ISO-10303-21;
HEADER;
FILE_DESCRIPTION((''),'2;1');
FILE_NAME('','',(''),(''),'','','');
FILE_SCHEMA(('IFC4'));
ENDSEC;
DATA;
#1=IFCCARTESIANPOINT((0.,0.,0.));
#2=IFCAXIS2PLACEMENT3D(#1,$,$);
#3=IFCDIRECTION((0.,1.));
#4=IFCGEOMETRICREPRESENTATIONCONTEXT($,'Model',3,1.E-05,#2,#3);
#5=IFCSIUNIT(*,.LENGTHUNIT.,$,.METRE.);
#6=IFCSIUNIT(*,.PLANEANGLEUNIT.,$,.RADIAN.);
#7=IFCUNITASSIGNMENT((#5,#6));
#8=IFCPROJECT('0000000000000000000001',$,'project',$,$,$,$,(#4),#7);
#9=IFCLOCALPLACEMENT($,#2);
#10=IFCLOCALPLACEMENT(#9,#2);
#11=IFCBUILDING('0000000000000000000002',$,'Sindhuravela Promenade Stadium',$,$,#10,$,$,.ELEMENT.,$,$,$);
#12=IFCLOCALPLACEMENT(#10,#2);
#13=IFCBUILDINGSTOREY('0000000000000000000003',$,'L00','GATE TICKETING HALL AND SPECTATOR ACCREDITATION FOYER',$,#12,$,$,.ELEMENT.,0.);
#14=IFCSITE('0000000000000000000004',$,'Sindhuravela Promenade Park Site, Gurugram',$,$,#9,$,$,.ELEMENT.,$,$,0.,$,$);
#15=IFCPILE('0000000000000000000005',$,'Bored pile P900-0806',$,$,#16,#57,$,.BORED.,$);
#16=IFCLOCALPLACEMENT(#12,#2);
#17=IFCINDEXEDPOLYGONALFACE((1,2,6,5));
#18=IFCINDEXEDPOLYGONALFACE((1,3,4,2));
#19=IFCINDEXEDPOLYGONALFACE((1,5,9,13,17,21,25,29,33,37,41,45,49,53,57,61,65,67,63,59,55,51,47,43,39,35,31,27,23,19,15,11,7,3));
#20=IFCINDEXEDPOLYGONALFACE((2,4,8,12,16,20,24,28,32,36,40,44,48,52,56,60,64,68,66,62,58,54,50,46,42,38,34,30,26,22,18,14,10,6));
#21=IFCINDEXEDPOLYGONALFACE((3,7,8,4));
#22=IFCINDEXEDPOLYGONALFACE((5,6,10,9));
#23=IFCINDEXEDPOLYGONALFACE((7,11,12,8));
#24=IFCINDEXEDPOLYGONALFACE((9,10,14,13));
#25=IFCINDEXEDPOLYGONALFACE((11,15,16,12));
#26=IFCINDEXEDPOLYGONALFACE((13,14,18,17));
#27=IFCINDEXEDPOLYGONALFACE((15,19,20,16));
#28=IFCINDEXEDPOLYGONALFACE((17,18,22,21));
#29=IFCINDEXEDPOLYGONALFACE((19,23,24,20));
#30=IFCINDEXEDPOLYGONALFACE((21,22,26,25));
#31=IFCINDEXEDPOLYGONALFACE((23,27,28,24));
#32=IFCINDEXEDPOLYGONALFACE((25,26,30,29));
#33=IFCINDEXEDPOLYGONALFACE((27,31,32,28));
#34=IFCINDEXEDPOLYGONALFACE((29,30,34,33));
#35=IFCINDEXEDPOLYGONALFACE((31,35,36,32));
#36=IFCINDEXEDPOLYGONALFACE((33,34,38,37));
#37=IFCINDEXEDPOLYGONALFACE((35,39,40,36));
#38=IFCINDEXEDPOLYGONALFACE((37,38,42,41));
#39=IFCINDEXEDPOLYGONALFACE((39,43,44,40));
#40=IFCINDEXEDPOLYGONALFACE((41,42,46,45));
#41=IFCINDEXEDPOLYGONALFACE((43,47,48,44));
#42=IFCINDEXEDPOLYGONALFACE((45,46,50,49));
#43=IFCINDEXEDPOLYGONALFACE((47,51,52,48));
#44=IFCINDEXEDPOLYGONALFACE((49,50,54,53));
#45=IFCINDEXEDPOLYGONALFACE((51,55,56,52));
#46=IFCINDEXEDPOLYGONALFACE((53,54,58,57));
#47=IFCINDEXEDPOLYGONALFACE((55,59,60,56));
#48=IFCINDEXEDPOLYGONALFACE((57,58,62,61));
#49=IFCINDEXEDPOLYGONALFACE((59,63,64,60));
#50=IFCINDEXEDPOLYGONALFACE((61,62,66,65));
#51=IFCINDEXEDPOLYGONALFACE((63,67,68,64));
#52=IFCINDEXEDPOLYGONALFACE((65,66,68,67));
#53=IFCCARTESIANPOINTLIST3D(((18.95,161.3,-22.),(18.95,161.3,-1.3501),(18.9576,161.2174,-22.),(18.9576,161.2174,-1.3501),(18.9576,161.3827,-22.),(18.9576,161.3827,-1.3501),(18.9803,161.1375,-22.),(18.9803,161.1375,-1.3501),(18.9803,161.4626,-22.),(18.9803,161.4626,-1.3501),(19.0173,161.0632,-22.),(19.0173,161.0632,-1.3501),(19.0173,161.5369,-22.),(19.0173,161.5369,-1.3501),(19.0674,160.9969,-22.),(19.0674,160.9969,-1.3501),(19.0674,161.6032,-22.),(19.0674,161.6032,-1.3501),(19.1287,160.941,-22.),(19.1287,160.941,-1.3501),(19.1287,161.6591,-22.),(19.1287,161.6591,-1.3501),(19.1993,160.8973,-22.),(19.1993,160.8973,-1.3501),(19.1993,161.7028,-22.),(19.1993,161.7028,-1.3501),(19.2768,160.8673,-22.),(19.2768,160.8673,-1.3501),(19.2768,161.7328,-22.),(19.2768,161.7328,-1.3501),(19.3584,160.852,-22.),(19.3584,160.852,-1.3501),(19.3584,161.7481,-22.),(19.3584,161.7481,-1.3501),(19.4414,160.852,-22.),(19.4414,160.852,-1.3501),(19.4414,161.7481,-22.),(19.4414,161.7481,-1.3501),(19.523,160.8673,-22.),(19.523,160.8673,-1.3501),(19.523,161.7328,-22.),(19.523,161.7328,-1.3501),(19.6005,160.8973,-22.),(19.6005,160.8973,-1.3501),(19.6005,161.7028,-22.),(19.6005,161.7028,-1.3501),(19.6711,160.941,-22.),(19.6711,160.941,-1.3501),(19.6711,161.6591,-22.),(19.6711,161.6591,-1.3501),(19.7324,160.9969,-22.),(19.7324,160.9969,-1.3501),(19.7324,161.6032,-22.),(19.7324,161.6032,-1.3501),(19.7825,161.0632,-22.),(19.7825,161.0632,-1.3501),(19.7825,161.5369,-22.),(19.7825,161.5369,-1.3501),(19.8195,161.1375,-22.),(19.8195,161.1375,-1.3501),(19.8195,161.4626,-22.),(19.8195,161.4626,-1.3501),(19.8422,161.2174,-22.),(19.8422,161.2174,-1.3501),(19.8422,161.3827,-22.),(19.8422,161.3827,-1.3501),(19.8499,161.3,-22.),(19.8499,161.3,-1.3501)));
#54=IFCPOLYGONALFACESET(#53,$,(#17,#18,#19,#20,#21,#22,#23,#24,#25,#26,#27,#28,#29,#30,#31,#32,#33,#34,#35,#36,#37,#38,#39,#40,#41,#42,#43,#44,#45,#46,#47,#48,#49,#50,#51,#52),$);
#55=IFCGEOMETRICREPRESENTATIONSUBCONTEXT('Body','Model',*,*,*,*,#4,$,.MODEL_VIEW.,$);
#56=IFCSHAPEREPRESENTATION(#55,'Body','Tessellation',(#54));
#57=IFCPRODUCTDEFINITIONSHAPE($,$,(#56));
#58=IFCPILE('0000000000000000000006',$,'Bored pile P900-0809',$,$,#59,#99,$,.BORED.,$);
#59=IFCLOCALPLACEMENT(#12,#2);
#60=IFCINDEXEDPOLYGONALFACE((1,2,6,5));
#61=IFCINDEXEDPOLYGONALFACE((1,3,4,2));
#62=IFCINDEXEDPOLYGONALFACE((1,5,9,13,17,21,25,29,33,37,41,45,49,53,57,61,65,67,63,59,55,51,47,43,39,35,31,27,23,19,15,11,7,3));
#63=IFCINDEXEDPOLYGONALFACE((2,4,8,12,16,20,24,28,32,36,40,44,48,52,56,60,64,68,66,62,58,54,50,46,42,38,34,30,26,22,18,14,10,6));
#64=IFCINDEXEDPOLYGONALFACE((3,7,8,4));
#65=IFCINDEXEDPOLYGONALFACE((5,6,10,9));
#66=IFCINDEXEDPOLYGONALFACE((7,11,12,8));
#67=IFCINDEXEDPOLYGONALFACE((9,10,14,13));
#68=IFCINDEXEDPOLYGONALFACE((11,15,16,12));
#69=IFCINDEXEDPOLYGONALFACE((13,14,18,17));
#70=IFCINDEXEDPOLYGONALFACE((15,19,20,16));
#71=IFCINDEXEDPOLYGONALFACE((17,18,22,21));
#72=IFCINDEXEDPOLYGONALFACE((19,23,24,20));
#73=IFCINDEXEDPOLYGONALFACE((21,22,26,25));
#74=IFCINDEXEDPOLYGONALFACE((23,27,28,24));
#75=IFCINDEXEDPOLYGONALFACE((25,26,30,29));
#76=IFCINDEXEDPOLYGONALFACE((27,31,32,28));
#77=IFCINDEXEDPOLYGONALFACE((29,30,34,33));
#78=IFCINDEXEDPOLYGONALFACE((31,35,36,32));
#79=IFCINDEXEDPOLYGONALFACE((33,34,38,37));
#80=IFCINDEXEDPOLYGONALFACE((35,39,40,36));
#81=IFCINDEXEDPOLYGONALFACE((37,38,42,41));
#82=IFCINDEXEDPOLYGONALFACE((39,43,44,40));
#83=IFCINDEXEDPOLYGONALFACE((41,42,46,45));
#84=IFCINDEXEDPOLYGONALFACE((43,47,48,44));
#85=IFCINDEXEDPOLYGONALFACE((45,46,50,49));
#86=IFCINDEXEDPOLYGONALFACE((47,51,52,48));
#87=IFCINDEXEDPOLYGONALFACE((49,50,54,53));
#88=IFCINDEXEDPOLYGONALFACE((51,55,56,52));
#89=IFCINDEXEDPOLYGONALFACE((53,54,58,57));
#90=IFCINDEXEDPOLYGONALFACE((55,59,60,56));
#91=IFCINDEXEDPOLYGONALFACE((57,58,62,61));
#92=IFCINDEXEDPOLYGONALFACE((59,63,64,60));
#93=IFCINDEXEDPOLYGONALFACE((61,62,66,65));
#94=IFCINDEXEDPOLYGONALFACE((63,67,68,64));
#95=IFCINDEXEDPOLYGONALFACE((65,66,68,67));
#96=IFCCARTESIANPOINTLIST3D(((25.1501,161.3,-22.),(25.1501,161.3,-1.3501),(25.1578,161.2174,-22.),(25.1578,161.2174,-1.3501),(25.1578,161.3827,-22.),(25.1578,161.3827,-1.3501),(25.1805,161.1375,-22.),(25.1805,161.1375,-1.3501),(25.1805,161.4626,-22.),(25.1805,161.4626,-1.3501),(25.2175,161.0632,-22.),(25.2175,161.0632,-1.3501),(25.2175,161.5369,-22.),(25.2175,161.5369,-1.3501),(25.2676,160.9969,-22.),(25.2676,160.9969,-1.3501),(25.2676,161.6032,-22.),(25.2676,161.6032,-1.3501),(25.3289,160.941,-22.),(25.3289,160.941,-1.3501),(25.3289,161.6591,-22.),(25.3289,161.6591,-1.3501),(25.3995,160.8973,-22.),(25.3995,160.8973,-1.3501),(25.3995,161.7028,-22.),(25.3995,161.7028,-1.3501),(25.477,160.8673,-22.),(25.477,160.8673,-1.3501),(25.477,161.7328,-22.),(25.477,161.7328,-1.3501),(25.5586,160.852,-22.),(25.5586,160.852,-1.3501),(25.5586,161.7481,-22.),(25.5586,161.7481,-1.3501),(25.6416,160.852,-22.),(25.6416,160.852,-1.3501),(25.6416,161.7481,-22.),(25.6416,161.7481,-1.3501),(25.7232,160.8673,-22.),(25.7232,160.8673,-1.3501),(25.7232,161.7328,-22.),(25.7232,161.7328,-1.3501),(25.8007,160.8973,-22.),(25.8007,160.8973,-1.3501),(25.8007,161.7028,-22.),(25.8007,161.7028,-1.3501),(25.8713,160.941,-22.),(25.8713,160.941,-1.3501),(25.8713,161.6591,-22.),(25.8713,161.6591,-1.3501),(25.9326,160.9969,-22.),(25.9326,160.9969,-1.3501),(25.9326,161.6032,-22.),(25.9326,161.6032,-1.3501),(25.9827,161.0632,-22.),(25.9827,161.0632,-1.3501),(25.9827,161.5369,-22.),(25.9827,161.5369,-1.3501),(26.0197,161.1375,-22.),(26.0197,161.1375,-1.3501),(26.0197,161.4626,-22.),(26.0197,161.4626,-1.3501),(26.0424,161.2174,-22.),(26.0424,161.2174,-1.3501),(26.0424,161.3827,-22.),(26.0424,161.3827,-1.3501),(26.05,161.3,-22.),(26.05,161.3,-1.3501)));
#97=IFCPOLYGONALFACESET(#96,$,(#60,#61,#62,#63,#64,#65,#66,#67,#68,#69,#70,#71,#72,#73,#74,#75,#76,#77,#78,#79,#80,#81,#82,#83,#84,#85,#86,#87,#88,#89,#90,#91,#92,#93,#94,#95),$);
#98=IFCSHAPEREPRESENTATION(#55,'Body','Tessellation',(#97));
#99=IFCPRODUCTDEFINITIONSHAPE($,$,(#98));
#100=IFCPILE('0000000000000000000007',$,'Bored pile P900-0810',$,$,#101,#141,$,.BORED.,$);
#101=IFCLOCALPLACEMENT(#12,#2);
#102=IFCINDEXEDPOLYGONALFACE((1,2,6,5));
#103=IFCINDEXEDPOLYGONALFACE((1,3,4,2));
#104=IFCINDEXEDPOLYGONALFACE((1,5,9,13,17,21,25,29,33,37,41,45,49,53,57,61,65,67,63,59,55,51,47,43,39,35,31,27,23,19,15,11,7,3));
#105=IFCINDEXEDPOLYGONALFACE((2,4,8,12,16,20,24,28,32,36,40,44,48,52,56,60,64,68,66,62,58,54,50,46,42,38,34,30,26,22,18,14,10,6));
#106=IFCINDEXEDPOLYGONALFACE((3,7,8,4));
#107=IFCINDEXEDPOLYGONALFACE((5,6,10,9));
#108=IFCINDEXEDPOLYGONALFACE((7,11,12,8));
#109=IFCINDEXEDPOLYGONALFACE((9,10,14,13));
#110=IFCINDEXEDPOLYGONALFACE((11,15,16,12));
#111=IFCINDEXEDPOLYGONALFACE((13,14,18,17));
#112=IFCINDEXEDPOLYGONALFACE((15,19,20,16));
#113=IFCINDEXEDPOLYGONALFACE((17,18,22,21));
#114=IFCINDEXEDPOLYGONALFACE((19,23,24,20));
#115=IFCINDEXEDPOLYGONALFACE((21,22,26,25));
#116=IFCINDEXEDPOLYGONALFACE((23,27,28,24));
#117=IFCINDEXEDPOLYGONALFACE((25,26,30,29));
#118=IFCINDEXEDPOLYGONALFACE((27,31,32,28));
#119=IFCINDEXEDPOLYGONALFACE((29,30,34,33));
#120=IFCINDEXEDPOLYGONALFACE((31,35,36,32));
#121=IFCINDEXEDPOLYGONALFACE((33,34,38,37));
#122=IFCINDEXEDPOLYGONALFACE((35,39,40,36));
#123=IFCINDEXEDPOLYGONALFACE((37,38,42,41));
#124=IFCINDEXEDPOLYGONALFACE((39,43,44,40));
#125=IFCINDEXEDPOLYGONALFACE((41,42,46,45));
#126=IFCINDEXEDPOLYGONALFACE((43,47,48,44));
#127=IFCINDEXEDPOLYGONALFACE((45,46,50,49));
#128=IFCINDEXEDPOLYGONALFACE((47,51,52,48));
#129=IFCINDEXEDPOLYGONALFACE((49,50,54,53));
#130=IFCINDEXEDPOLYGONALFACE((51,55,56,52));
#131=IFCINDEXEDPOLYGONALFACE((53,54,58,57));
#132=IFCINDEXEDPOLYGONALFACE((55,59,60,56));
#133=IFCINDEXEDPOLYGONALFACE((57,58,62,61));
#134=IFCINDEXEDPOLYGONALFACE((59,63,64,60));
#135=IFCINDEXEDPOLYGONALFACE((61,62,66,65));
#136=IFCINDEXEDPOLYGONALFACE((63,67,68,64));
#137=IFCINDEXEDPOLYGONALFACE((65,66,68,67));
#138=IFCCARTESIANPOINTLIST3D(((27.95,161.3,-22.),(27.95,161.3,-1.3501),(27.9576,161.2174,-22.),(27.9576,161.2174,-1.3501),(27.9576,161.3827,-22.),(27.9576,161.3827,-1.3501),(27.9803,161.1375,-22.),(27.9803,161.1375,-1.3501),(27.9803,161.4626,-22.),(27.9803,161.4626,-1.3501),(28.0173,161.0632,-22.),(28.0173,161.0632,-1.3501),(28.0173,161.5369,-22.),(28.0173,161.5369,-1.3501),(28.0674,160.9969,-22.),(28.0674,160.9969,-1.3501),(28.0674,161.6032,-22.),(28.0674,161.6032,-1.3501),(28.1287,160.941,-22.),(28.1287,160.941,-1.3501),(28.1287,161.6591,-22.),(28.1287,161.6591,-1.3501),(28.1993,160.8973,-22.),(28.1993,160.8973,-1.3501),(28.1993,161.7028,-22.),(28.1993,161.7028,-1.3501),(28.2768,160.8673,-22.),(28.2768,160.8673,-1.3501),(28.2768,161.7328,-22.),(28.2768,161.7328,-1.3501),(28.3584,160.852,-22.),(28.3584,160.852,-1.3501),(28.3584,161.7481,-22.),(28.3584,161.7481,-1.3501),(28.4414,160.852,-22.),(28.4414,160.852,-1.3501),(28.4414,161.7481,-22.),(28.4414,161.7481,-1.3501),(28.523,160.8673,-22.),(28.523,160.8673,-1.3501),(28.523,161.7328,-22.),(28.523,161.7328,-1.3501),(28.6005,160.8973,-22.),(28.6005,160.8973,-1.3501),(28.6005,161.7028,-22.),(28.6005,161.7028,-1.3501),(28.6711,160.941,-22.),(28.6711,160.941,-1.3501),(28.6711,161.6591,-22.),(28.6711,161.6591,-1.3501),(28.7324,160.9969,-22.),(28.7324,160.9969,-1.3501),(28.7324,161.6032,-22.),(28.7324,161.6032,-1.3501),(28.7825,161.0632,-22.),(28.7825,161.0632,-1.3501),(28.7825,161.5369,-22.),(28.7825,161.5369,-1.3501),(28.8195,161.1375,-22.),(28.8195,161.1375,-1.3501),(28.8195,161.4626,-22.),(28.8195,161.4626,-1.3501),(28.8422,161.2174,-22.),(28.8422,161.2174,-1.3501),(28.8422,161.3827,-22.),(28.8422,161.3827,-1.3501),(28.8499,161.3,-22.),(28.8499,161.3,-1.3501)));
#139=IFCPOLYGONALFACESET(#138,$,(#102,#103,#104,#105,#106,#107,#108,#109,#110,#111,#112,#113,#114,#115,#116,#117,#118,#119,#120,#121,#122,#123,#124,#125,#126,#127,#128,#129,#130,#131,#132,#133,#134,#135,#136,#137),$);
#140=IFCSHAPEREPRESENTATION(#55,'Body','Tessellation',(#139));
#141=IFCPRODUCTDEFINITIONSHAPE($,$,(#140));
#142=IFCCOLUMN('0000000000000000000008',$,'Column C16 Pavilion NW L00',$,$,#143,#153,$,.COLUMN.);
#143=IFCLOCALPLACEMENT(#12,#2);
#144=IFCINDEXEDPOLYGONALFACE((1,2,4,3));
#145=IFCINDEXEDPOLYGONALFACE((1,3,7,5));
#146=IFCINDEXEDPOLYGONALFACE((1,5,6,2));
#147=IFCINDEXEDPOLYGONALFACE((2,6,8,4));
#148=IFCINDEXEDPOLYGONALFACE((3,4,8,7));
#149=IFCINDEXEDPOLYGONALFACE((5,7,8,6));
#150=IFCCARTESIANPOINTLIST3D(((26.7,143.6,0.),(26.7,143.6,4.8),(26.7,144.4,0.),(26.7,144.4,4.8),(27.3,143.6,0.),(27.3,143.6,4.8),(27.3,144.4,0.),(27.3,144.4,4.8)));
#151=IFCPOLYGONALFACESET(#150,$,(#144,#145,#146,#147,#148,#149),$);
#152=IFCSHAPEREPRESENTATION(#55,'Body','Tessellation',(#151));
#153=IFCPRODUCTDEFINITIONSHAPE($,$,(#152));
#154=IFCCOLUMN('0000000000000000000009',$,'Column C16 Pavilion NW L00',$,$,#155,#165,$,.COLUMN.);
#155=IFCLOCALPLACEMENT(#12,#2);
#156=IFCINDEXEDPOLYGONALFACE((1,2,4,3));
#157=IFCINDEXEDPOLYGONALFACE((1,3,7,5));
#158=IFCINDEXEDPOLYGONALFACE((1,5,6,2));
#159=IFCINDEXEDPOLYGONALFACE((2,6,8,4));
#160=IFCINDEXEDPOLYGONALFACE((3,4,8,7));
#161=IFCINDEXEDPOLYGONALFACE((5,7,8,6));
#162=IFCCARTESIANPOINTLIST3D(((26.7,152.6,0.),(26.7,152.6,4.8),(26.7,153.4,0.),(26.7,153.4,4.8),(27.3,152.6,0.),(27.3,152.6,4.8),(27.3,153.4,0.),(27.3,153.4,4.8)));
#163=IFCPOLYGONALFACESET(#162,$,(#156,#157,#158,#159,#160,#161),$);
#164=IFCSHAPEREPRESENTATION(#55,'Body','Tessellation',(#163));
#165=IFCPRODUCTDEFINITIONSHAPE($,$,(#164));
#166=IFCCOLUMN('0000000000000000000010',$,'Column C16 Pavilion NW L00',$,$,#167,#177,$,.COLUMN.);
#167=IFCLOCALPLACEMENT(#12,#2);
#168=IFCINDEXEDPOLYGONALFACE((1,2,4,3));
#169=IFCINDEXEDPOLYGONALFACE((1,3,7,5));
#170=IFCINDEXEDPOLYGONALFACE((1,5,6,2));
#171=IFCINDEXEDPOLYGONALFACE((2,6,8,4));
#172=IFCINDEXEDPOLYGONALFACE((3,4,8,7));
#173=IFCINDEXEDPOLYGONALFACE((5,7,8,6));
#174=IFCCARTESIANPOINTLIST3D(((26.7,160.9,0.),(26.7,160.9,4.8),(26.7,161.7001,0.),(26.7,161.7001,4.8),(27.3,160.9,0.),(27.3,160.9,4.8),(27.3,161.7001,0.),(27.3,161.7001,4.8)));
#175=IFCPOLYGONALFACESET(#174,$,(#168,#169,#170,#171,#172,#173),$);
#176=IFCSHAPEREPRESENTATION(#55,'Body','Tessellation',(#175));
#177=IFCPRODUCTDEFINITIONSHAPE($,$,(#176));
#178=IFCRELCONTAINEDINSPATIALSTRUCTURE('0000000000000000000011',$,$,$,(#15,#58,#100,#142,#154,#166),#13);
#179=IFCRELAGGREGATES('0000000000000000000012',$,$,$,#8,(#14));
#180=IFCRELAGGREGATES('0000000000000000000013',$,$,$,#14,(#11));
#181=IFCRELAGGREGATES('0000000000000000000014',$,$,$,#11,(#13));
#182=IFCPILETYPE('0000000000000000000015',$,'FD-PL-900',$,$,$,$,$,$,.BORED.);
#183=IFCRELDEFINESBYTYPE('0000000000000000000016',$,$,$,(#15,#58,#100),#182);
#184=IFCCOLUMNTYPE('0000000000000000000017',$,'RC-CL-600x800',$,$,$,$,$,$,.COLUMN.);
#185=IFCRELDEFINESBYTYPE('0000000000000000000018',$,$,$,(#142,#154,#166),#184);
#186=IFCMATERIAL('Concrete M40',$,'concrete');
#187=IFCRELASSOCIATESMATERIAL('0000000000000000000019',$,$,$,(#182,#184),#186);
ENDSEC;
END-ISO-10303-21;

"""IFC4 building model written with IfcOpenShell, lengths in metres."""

from ifc_helpers import new_model, si_unit, direction, frame, origin, origin_2d, place, context, subcontext, project, spatial, rectangle, circle, extrude, material, material_profile, profile_set, type_object, element, save


model = new_model("IFC4")

# Units and contexts
model_context = context("Model", 3, precision=1e-05, world=origin(), true_north=direction((0.0, 1.0)))
body_context = subcontext(model_context, "Body", "Model", "MODEL_VIEW")
ifc_project = project(units=[si_unit("LENGTHUNIT", "METRE"), si_unit("PLANEANGLEUNIT", "RADIAN")], contexts=[model_context])

# Site, building, storey
site_placement = place(None, origin())
site = spatial("IfcSite", under=ifc_project, at=site_placement, Name="Sindhuravela Promenade Park Site, Gurugram", CompositionType="ELEMENT", RefElevation=0.0)
building_placement = place(site_placement, origin())
building = spatial("IfcBuilding", under=site, at=building_placement, Name="Sindhuravela Promenade Stadium", CompositionType="ELEMENT")
storey_placement = place(building_placement, origin())
storey = spatial("IfcBuildingStorey", under=building, at=storey_placement, Name="L00", Description="GATE TICKETING HALL AND SPECTATOR ACCREDITATION FOYER", CompositionType="ELEMENT", Elevation=0.0)

# Piles
ifc_material_1 = material(Name="Concrete M40", Category="concrete")
ifc_material_profile_1 = material_profile(ifc_material_1, circle(Radius=0.45, at=origin_2d()), Name="BORED PILE D900")
ifc_profile_set_1 = profile_set([ifc_material_profile_1], Name="Concrete M40")
pile_type_1 = type_object("IfcPileType", Name="FD-PL-900", PredefinedType="BORED", material=ifc_profile_set_1)
for number, where, z_axis, x_axis, name in (
    (1, (19.3999, 161.3, -1.3501), (0.0, 0.0, -1.0), (1.0, 0.0, 0.0), "Bored pile P900-0806"),
    (2, (25.6001, 161.3, -1.3501), (0.0, 0.0, -1.0), (1.0, 0.0, 0.0), "Bored pile P900-0809"),
    (3, (28.3999, 161.3, -1.3501), (0.0, 0.0, -1.0), (1.0, 0.0, 0.0), "Bored pile P900-0810"),
):
    element("IfcPile", number, at=place(storey_placement, frame(where, z_axis=z_axis, x_axis=x_axis)), inside=storey, type_object=pile_type_1, Name=name, PredefinedType="BORED", context=body_context, shape_type="SweptSolid", body=[
        extrude(circle(Radius=0.45, at=origin_2d()), origin(), (0.0, 0.0, 1.0), 20.6499),
    ])

# Columns
ifc_material_profile_2 = material_profile(ifc_material_1, rectangle(XDim=0.6001, YDim=0.8, at=origin_2d()), Name="RC 600x800")
ifc_profile_set_2 = profile_set([ifc_material_profile_2], Name="Concrete M40")
column_type = type_object("IfcColumnType", Name="RC-CL-600x800", PredefinedType="COLUMN", material=ifc_profile_set_2)
for number, where, z_axis, x_axis, name in (
    (4, (27.0, 144.0, 0.0), (0.0, 0.0, 1.0), (1.0, 0.0, 0.0), "Column C16 Pavilion NW L00"),
    (5, (27.0, 153.0, 0.0), (0.0, 0.0, 1.0), (1.0, 0.0, 0.0), "Column C16 Pavilion NW L00"),
    (6, (27.0, 161.3, 0.0), (0.0, 0.0, 1.0), (1.0, 0.0, 0.0), "Column C16 Pavilion NW L00"),
):
    element("IfcColumn", number, at=place(storey_placement, frame(where, z_axis=z_axis, x_axis=x_axis)), inside=storey, type_object=column_type, Name=name, PredefinedType="COLUMN", context=body_context, shape_type="SweptSolid", body=[
        extrude(rectangle(XDim=0.6001, YDim=0.8, at=origin_2d()), origin(), (0.0, 0.0, 1.0), 4.8),
    ])

save(model, "model.ifc")
